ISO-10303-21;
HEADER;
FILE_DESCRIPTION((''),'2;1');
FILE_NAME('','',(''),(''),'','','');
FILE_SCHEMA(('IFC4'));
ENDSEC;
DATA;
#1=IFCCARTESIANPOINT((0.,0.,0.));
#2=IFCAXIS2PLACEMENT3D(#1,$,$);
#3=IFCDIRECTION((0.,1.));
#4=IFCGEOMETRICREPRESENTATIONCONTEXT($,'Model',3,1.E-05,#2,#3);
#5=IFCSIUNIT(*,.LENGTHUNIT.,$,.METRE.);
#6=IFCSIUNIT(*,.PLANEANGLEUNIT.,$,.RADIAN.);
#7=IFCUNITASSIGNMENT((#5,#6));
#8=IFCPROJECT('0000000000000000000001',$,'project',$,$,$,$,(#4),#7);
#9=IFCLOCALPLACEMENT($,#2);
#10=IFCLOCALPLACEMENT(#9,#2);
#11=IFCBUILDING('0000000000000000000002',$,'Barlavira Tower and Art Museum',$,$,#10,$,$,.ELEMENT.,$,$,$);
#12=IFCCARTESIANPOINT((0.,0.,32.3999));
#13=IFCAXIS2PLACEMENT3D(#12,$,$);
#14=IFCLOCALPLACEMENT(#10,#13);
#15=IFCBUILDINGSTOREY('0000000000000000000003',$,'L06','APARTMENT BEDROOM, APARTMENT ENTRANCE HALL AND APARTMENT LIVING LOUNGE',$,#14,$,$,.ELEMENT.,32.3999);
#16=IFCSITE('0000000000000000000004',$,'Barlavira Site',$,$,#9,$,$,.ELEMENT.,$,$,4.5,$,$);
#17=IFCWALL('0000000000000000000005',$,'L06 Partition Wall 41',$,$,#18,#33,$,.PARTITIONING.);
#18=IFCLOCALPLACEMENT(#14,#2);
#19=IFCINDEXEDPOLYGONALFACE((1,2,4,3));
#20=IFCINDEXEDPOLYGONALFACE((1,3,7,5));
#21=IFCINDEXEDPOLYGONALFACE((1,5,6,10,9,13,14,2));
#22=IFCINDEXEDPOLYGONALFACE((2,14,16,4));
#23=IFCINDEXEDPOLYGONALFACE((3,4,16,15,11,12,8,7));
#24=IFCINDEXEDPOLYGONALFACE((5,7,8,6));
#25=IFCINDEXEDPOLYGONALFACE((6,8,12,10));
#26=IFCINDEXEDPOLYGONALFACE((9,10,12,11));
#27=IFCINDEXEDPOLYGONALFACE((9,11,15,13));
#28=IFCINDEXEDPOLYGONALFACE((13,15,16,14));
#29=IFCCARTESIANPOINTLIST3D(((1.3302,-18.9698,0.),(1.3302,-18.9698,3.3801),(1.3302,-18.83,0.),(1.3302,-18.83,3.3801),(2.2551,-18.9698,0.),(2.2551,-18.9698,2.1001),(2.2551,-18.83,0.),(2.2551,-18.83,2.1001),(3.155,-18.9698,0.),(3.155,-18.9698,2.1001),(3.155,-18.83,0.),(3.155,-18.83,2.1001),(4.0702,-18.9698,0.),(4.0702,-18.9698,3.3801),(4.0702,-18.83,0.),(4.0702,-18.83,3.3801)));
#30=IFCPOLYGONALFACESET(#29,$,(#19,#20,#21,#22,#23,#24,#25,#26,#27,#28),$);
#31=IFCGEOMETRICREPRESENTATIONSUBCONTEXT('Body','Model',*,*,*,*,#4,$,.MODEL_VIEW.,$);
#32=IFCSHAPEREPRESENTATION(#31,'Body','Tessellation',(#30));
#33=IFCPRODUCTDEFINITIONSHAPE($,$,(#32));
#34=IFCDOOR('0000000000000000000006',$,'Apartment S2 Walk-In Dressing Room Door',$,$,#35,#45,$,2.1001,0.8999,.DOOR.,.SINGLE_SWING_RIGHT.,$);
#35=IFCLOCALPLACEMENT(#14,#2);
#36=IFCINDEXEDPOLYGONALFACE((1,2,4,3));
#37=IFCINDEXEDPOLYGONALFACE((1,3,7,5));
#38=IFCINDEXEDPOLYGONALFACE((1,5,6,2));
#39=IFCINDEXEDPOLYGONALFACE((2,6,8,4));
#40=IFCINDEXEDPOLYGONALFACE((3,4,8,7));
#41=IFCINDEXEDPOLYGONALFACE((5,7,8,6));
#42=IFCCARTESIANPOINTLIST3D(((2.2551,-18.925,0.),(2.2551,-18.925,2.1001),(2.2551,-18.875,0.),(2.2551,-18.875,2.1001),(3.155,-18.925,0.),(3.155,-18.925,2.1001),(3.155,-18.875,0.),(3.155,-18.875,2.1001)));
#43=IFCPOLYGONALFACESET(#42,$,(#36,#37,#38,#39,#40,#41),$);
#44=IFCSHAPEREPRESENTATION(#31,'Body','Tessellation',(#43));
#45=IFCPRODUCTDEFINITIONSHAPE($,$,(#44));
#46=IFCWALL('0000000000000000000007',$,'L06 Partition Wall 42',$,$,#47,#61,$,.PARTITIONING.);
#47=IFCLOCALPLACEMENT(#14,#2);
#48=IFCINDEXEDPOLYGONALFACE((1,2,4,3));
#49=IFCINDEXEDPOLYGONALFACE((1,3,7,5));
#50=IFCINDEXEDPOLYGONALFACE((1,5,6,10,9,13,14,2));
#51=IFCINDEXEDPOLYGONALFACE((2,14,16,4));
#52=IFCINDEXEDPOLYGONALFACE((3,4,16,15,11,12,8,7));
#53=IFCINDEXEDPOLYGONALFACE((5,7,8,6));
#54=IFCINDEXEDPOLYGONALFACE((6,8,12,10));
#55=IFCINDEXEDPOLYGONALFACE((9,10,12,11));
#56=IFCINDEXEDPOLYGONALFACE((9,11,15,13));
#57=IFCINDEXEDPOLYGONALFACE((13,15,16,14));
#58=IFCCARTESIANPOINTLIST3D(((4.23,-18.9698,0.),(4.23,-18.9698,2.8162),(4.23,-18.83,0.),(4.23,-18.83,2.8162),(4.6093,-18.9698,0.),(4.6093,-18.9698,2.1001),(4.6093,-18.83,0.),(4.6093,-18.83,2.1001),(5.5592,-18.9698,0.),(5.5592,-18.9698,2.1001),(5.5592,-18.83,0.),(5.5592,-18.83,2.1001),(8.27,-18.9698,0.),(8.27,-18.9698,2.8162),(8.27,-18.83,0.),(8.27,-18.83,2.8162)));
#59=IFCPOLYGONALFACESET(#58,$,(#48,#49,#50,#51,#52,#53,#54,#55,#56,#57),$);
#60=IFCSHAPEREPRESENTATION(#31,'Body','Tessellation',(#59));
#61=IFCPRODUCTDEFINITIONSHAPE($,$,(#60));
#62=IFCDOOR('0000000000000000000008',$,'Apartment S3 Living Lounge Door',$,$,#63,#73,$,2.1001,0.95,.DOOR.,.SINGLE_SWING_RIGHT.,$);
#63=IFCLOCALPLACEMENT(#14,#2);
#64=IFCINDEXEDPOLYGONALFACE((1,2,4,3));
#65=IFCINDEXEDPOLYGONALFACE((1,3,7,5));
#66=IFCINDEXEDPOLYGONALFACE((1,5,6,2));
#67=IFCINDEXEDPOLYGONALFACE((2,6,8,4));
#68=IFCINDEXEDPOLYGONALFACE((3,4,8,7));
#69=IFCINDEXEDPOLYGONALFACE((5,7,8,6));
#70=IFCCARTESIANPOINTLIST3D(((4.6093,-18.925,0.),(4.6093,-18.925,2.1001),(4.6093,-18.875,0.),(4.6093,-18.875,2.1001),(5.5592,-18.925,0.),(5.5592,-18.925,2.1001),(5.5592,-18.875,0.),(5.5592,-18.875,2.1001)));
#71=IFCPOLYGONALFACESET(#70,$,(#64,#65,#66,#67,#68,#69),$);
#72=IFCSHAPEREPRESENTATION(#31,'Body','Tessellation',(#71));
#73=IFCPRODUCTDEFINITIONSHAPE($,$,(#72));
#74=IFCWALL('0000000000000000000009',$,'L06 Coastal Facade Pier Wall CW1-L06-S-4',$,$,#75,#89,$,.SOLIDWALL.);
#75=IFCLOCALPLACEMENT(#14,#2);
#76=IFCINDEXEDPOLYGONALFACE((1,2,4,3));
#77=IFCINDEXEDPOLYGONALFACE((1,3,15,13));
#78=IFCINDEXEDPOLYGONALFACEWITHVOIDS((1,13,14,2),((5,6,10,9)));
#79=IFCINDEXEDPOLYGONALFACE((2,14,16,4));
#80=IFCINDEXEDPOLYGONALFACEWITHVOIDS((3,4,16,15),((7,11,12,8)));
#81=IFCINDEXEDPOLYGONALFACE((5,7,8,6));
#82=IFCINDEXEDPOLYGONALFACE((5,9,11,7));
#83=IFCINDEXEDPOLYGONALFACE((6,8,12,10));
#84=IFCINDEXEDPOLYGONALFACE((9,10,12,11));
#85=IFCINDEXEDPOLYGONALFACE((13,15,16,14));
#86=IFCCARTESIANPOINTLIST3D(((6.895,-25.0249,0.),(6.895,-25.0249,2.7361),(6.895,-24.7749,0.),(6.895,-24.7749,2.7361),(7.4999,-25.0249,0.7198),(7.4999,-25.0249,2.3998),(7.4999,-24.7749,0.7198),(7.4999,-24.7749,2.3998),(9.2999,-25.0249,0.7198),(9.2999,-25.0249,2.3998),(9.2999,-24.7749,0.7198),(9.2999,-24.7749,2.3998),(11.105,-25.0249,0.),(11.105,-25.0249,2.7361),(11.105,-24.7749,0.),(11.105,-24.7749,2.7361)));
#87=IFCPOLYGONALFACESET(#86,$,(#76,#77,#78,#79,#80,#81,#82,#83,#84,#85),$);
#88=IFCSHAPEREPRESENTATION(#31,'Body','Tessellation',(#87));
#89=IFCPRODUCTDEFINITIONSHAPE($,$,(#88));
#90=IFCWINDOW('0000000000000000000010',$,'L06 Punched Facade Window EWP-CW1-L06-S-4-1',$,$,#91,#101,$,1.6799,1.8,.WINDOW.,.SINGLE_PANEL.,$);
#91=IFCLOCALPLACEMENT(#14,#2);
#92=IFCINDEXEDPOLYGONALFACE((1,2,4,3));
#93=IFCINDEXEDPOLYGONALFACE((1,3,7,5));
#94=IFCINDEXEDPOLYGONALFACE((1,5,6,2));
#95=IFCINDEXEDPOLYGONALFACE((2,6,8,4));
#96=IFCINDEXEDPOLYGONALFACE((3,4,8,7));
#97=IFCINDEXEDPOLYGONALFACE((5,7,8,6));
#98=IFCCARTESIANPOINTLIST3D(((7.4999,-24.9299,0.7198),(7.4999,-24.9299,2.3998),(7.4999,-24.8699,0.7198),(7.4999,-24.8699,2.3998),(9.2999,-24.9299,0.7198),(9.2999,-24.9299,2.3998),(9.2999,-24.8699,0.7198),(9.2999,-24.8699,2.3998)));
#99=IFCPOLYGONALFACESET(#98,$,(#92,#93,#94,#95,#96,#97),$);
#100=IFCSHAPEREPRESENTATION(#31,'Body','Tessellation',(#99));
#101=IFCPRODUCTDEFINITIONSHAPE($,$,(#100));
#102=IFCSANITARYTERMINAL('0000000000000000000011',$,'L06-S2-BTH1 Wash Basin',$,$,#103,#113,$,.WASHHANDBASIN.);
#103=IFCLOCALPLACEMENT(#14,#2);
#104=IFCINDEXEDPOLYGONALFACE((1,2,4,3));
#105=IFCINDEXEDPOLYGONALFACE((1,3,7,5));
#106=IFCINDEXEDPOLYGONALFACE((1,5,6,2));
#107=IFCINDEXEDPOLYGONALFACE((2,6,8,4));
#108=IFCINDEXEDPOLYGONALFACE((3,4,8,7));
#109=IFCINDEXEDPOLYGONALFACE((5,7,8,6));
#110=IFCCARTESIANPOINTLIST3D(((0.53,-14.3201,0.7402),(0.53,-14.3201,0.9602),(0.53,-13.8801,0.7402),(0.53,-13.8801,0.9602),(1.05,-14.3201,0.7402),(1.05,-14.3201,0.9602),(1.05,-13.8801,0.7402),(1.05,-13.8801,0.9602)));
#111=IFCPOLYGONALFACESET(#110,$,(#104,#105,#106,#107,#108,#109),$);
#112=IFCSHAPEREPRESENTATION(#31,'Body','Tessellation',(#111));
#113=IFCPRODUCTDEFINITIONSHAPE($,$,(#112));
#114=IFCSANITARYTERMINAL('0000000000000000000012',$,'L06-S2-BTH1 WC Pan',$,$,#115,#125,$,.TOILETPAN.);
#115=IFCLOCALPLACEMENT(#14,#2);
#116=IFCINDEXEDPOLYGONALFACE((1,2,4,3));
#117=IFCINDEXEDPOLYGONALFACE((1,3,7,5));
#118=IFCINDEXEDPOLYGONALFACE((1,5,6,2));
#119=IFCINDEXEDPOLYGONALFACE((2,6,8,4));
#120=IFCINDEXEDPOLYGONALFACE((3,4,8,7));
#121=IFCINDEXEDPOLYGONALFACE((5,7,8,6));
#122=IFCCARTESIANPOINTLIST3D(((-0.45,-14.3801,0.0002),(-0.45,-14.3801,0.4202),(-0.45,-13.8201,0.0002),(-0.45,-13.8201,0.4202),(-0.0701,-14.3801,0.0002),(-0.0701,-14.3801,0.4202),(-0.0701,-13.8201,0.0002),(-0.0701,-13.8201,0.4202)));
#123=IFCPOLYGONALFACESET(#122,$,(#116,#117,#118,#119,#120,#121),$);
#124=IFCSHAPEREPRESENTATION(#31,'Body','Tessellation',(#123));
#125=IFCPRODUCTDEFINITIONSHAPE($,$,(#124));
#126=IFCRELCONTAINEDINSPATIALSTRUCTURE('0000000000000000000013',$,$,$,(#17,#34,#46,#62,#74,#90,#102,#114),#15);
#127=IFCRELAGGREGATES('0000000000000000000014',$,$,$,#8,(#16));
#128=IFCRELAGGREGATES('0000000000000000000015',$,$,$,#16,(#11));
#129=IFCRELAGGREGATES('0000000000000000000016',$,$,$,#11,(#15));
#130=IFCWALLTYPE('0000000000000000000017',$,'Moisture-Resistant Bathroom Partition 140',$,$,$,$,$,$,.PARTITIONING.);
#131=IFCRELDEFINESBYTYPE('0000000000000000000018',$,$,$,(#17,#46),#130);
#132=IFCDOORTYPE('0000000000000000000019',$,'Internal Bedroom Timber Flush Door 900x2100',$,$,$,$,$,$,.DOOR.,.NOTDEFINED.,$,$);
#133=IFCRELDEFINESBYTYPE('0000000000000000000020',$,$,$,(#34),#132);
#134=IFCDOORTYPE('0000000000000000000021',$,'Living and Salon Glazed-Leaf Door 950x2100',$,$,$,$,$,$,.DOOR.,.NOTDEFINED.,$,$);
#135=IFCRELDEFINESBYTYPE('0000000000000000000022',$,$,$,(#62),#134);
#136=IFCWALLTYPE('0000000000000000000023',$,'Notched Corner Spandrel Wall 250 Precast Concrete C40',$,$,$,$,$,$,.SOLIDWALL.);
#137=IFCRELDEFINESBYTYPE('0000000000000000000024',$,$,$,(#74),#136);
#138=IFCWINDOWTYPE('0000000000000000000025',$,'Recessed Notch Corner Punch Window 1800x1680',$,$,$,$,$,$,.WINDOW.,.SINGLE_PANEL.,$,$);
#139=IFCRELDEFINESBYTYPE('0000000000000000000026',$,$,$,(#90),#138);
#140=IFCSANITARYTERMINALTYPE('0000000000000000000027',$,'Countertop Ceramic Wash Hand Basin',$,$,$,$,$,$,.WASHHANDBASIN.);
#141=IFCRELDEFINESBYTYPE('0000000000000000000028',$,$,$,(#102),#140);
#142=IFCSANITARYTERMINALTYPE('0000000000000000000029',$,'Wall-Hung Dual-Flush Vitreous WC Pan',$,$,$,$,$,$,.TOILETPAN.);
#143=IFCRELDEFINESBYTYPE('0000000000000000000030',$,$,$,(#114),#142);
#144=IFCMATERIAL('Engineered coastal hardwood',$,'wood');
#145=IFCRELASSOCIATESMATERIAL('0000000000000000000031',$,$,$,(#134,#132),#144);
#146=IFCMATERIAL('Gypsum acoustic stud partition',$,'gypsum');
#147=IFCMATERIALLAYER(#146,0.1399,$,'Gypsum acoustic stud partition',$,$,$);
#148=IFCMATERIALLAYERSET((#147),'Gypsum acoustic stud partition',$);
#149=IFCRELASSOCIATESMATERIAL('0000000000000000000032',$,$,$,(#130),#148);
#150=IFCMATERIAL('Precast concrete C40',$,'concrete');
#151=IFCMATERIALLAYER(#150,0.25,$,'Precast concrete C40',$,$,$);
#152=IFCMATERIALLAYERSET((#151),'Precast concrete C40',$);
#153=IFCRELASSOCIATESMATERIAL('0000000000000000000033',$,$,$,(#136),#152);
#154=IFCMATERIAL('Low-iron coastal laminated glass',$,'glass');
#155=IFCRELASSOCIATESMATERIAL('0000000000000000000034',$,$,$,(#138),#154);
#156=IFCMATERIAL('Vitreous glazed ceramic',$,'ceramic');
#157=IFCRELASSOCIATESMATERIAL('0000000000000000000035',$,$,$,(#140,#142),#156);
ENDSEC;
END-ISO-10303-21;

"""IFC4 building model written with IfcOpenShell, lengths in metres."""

from ifc_helpers import new_model, si_unit, direction, frame, frame_2d, origin, origin_2d, place, context, subcontext, project, spatial, rectangle, extrude, material, layer, layer_set, type_object, element, fill, save


model = new_model("IFC4")

# Units and contexts
model_context = context("Model", 3, precision=1e-05, world=origin(), true_north=direction((0.0, 1.0)))
body_context = subcontext(model_context, "Body", "Model", "MODEL_VIEW")
ifc_project = project(units=[si_unit("LENGTHUNIT", "METRE"), si_unit("PLANEANGLEUNIT", "RADIAN")], contexts=[model_context])

# Site, building, storey
site_placement = place(None, origin())
site = spatial("IfcSite", under=ifc_project, at=site_placement, Name="Barlavira Site", CompositionType="ELEMENT", RefElevation=4.5)
building_placement = place(site_placement, origin())
building = spatial("IfcBuilding", under=site, at=building_placement, Name="Barlavira Tower and Art Museum", CompositionType="ELEMENT")
storey_placement = place(building_placement, frame((0.0, 0.0, 32.3999)))
storey = spatial("IfcBuildingStorey", under=building, at=storey_placement, Name="L06", Description="APARTMENT BEDROOM, APARTMENT ENTRANCE HALL AND APARTMENT LIVING LOUNGE", CompositionType="ELEMENT", Elevation=32.3999)

# Shared definitions
ifc_material_1 = material(Name="Low-iron coastal laminated glass", Category="glass")

# Shared definitions
ifc_material_2 = material(Name="Gypsum acoustic stud partition", Category="gypsum")
ifc_material_3 = material(Name="Engineered coastal hardwood", Category="wood")
door_type_1 = type_object("IfcDoorType", Name="Living and Salon Glazed-Leaf Door 950x2100", OperationType="NOTDEFINED", PredefinedType="DOOR", material=ifc_material_3)

# Shared definitions
ifc_layer_1 = layer(ifc_material_2, 0.1399, Name="Gypsum acoustic stud partition")
ifc_layer_set_1 = layer_set([ifc_layer_1], Name="Gypsum acoustic stud partition")
wall_type_1 = type_object("IfcWallType", Name="Moisture-Resistant Bathroom Partition 140", PredefinedType="PARTITIONING", material=ifc_layer_set_1)

# Walls, openings, doors
wall_1_placement = place(storey_placement, frame((1.3301, -18.8999, 0.0), z_axis=(0.0, 0.0, 1.0), x_axis=(1.0, 0.0, 0.0)))
wall_1 = element("IfcWall", 1, at=wall_1_placement, inside=storey, type_object=wall_type_1, Name="L06 Partition Wall 41", PredefinedType="PARTITIONING", context=body_context, shape_type="SweptSolid", body=[
    extrude(rectangle(XDim=2.74, YDim=0.1399, at=frame_2d((1.3701, 0.0))), origin(), (0.0, 0.0, 1.0), 3.3801),
])
opening_1_placement = place(wall_1_placement, frame((0.925, 0.0, 0.0)))
opening_1 = element("IfcOpeningElement", 2, at=opening_1_placement, cuts=wall_1, PredefinedType="OPENING", context=body_context, shape_type="SweptSolid", body=[
    extrude(rectangle(XDim=0.8999, YDim=2.1001, at=frame_2d((0.45, 1.05))), frame((0.0, 0.0801, 0.0), z_axis=(0.0, -1.0, 0.0), x_axis=(1.0, 0.0, 0.0)), (0.0, 0.0, 1.0), 0.1599),
])
door_type_2 = type_object("IfcDoorType", Name="Internal Bedroom Timber Flush Door 900x2100", OperationType="NOTDEFINED", PredefinedType="DOOR", material=ifc_material_3)
door_1_placement = place(opening_1_placement, origin())
door_1 = element("IfcDoor", 3, at=door_1_placement, inside=storey, type_object=door_type_2, Name="Apartment S2 Walk-In Dressing Room Door", OperationType="SINGLE_SWING_RIGHT", OverallHeight=2.1001, OverallWidth=0.8999, PredefinedType="DOOR", context=body_context, shape_type="SweptSolid", body=[
    extrude(rectangle(XDim=0.8999, YDim=2.1001, at=frame_2d((0.45, 1.05))), frame((0.0, 0.0249, 0.0), z_axis=(0.0, -1.0, 0.0), x_axis=(1.0, 0.0, 0.0)), (0.0, 0.0, 1.0), 0.05),
])
fill(opening_1, door_1)
wall_2_placement = place(storey_placement, frame((4.23, -18.8999, 0.0), z_axis=(0.0, 0.0, 1.0), x_axis=(1.0, 0.0, 0.0)))
wall_2 = element("IfcWall", 4, at=wall_2_placement, inside=storey, type_object=wall_type_1, Name="L06 Partition Wall 42", PredefinedType="PARTITIONING", context=body_context, shape_type="SweptSolid", body=[
    extrude(rectangle(XDim=4.04, YDim=0.1399, at=frame_2d((2.02, 0.0))), origin(), (0.0, 0.0, 1.0), 2.8162),
])
opening_2_placement = place(wall_2_placement, frame((0.3792, 0.0, 0.0)))
opening_2 = element("IfcOpeningElement", 5, at=opening_2_placement, cuts=wall_2, PredefinedType="OPENING", context=body_context, shape_type="SweptSolid", body=[
    extrude(rectangle(XDim=0.95, YDim=2.1001, at=frame_2d((0.4751, 1.05))), frame((0.0, 0.0801, 0.0), z_axis=(0.0, -1.0, 0.0), x_axis=(1.0, 0.0, 0.0)), (0.0, 0.0, 1.0), 0.1599),
])
door_2_placement = place(opening_2_placement, origin())
door_2 = element("IfcDoor", 6, at=door_2_placement, inside=storey, type_object=door_type_1, Name="Apartment S3 Living Lounge Door", OperationType="SINGLE_SWING_RIGHT", OverallHeight=2.1001, OverallWidth=0.95, PredefinedType="DOOR", context=body_context, shape_type="SweptSolid", body=[
    extrude(rectangle(XDim=0.95, YDim=2.1001, at=frame_2d((0.4751, 1.05))), frame((0.0, 0.0249, 0.0), z_axis=(0.0, -1.0, 0.0), x_axis=(1.0, 0.0, 0.0)), (0.0, 0.0, 1.0), 0.05),
])
fill(opening_2, door_2)

# Wall, opening, window
ifc_material_4 = material(Name="Precast concrete C40", Category="concrete")
ifc_layer_2 = layer(ifc_material_4, 0.25, Name="Precast concrete C40")
ifc_layer_set_2 = layer_set([ifc_layer_2], Name="Precast concrete C40")
wall_type_2 = type_object("IfcWallType", Name="Notched Corner Spandrel Wall 250 Precast Concrete C40", PredefinedType="SOLIDWALL", material=ifc_layer_set_2)
wall_3_placement = place(storey_placement, frame((6.895, -24.8999, 0.0), z_axis=(0.0, 0.0, 1.0), x_axis=(1.0, 0.0, 0.0)))
wall_3 = element("IfcWall", 7, at=wall_3_placement, inside=storey, type_object=wall_type_2, Name="L06 Coastal Facade Pier Wall CW1-L06-S-4", PredefinedType="SOLIDWALL", context=body_context, shape_type="SweptSolid", body=[
    extrude(rectangle(XDim=4.21, YDim=0.25, at=frame_2d((2.105, 0.0))), origin(), (0.0, 0.0, 1.0), 2.7361),
])
opening_3_placement = place(wall_3_placement, frame((0.605, 0.0, 0.72)))
opening_3 = element("IfcOpeningElement", 8, at=opening_3_placement, cuts=wall_3, PredefinedType="OPENING", context=body_context, shape_type="SweptSolid", body=[
    extrude(rectangle(XDim=1.8, YDim=1.6799, at=frame_2d((0.8999, 0.8398))), frame((0.0, 0.135, 0.0), z_axis=(0.0, -1.0, 0.0), x_axis=(1.0, 0.0, 0.0)), (0.0, 0.0, 1.0), 0.27),
])
window_type = type_object("IfcWindowType", Name="Recessed Notch Corner Punch Window 1800x1680", PartitioningType="SINGLE_PANEL", PredefinedType="WINDOW", material=ifc_material_1)
window_placement = place(opening_3_placement, origin())
window = element("IfcWindow", 9, at=window_placement, inside=storey, type_object=window_type, Name="L06 Punched Facade Window EWP-CW1-L06-S-4-1", OverallHeight=1.6799, OverallWidth=1.8, PartitioningType="SINGLE_PANEL", PredefinedType="WINDOW", context=body_context, shape_type="SweptSolid", body=[
    extrude(rectangle(XDim=1.8, YDim=1.6799, at=frame_2d((0.8999, 0.8398))), frame((0.0, 0.03, 0.0), z_axis=(0.0, -1.0, 0.0), x_axis=(1.0, 0.0, 0.0)), (0.0, 0.0, 1.0), 0.0601),
])
fill(opening_3, window)

# Sanitary terminals
ifc_material_5 = material(Name="Vitreous glazed ceramic", Category="ceramic")
sanitary_terminal_type_1 = type_object("IfcSanitaryTerminalType", Name="Countertop Ceramic Wash Hand Basin", PredefinedType="WASHHANDBASIN", material=ifc_material_5)
sanitary_terminal_1_placement = place(storey_placement, frame((0.79, -14.1001, 0.7402), z_axis=(0.0, 0.0, 1.0), x_axis=(1.0, 0.0, 0.0)))
element("IfcSanitaryTerminal", 10, at=sanitary_terminal_1_placement, inside=storey, type_object=sanitary_terminal_type_1, Name="L06-S2-BTH1 Wash Basin", PredefinedType="WASHHANDBASIN", context=body_context, shape_type="SweptSolid", body=[
    extrude(rectangle(XDim=0.52, YDim=0.4399, at=origin_2d()), origin(), (0.0, 0.0, 1.0), 0.22),
])
sanitary_terminal_type_2 = type_object("IfcSanitaryTerminalType", Name="Wall-Hung Dual-Flush Vitreous WC Pan", PredefinedType="TOILETPAN", material=ifc_material_5)
sanitary_terminal_2_placement = place(storey_placement, frame((-0.26, -14.1001, 0.0002), z_axis=(0.0, 0.0, 1.0), x_axis=(1.0, 0.0, 0.0)))
element("IfcSanitaryTerminal", 11, at=sanitary_terminal_2_placement, inside=storey, type_object=sanitary_terminal_type_2, Name="L06-S2-BTH1 WC Pan", PredefinedType="TOILETPAN", context=body_context, shape_type="SweptSolid", body=[
    extrude(rectangle(XDim=0.3799, YDim=0.5601, at=origin_2d()), origin(), (0.0, 0.0, 1.0), 0.4199),
])

save(model, "model.ifc")
